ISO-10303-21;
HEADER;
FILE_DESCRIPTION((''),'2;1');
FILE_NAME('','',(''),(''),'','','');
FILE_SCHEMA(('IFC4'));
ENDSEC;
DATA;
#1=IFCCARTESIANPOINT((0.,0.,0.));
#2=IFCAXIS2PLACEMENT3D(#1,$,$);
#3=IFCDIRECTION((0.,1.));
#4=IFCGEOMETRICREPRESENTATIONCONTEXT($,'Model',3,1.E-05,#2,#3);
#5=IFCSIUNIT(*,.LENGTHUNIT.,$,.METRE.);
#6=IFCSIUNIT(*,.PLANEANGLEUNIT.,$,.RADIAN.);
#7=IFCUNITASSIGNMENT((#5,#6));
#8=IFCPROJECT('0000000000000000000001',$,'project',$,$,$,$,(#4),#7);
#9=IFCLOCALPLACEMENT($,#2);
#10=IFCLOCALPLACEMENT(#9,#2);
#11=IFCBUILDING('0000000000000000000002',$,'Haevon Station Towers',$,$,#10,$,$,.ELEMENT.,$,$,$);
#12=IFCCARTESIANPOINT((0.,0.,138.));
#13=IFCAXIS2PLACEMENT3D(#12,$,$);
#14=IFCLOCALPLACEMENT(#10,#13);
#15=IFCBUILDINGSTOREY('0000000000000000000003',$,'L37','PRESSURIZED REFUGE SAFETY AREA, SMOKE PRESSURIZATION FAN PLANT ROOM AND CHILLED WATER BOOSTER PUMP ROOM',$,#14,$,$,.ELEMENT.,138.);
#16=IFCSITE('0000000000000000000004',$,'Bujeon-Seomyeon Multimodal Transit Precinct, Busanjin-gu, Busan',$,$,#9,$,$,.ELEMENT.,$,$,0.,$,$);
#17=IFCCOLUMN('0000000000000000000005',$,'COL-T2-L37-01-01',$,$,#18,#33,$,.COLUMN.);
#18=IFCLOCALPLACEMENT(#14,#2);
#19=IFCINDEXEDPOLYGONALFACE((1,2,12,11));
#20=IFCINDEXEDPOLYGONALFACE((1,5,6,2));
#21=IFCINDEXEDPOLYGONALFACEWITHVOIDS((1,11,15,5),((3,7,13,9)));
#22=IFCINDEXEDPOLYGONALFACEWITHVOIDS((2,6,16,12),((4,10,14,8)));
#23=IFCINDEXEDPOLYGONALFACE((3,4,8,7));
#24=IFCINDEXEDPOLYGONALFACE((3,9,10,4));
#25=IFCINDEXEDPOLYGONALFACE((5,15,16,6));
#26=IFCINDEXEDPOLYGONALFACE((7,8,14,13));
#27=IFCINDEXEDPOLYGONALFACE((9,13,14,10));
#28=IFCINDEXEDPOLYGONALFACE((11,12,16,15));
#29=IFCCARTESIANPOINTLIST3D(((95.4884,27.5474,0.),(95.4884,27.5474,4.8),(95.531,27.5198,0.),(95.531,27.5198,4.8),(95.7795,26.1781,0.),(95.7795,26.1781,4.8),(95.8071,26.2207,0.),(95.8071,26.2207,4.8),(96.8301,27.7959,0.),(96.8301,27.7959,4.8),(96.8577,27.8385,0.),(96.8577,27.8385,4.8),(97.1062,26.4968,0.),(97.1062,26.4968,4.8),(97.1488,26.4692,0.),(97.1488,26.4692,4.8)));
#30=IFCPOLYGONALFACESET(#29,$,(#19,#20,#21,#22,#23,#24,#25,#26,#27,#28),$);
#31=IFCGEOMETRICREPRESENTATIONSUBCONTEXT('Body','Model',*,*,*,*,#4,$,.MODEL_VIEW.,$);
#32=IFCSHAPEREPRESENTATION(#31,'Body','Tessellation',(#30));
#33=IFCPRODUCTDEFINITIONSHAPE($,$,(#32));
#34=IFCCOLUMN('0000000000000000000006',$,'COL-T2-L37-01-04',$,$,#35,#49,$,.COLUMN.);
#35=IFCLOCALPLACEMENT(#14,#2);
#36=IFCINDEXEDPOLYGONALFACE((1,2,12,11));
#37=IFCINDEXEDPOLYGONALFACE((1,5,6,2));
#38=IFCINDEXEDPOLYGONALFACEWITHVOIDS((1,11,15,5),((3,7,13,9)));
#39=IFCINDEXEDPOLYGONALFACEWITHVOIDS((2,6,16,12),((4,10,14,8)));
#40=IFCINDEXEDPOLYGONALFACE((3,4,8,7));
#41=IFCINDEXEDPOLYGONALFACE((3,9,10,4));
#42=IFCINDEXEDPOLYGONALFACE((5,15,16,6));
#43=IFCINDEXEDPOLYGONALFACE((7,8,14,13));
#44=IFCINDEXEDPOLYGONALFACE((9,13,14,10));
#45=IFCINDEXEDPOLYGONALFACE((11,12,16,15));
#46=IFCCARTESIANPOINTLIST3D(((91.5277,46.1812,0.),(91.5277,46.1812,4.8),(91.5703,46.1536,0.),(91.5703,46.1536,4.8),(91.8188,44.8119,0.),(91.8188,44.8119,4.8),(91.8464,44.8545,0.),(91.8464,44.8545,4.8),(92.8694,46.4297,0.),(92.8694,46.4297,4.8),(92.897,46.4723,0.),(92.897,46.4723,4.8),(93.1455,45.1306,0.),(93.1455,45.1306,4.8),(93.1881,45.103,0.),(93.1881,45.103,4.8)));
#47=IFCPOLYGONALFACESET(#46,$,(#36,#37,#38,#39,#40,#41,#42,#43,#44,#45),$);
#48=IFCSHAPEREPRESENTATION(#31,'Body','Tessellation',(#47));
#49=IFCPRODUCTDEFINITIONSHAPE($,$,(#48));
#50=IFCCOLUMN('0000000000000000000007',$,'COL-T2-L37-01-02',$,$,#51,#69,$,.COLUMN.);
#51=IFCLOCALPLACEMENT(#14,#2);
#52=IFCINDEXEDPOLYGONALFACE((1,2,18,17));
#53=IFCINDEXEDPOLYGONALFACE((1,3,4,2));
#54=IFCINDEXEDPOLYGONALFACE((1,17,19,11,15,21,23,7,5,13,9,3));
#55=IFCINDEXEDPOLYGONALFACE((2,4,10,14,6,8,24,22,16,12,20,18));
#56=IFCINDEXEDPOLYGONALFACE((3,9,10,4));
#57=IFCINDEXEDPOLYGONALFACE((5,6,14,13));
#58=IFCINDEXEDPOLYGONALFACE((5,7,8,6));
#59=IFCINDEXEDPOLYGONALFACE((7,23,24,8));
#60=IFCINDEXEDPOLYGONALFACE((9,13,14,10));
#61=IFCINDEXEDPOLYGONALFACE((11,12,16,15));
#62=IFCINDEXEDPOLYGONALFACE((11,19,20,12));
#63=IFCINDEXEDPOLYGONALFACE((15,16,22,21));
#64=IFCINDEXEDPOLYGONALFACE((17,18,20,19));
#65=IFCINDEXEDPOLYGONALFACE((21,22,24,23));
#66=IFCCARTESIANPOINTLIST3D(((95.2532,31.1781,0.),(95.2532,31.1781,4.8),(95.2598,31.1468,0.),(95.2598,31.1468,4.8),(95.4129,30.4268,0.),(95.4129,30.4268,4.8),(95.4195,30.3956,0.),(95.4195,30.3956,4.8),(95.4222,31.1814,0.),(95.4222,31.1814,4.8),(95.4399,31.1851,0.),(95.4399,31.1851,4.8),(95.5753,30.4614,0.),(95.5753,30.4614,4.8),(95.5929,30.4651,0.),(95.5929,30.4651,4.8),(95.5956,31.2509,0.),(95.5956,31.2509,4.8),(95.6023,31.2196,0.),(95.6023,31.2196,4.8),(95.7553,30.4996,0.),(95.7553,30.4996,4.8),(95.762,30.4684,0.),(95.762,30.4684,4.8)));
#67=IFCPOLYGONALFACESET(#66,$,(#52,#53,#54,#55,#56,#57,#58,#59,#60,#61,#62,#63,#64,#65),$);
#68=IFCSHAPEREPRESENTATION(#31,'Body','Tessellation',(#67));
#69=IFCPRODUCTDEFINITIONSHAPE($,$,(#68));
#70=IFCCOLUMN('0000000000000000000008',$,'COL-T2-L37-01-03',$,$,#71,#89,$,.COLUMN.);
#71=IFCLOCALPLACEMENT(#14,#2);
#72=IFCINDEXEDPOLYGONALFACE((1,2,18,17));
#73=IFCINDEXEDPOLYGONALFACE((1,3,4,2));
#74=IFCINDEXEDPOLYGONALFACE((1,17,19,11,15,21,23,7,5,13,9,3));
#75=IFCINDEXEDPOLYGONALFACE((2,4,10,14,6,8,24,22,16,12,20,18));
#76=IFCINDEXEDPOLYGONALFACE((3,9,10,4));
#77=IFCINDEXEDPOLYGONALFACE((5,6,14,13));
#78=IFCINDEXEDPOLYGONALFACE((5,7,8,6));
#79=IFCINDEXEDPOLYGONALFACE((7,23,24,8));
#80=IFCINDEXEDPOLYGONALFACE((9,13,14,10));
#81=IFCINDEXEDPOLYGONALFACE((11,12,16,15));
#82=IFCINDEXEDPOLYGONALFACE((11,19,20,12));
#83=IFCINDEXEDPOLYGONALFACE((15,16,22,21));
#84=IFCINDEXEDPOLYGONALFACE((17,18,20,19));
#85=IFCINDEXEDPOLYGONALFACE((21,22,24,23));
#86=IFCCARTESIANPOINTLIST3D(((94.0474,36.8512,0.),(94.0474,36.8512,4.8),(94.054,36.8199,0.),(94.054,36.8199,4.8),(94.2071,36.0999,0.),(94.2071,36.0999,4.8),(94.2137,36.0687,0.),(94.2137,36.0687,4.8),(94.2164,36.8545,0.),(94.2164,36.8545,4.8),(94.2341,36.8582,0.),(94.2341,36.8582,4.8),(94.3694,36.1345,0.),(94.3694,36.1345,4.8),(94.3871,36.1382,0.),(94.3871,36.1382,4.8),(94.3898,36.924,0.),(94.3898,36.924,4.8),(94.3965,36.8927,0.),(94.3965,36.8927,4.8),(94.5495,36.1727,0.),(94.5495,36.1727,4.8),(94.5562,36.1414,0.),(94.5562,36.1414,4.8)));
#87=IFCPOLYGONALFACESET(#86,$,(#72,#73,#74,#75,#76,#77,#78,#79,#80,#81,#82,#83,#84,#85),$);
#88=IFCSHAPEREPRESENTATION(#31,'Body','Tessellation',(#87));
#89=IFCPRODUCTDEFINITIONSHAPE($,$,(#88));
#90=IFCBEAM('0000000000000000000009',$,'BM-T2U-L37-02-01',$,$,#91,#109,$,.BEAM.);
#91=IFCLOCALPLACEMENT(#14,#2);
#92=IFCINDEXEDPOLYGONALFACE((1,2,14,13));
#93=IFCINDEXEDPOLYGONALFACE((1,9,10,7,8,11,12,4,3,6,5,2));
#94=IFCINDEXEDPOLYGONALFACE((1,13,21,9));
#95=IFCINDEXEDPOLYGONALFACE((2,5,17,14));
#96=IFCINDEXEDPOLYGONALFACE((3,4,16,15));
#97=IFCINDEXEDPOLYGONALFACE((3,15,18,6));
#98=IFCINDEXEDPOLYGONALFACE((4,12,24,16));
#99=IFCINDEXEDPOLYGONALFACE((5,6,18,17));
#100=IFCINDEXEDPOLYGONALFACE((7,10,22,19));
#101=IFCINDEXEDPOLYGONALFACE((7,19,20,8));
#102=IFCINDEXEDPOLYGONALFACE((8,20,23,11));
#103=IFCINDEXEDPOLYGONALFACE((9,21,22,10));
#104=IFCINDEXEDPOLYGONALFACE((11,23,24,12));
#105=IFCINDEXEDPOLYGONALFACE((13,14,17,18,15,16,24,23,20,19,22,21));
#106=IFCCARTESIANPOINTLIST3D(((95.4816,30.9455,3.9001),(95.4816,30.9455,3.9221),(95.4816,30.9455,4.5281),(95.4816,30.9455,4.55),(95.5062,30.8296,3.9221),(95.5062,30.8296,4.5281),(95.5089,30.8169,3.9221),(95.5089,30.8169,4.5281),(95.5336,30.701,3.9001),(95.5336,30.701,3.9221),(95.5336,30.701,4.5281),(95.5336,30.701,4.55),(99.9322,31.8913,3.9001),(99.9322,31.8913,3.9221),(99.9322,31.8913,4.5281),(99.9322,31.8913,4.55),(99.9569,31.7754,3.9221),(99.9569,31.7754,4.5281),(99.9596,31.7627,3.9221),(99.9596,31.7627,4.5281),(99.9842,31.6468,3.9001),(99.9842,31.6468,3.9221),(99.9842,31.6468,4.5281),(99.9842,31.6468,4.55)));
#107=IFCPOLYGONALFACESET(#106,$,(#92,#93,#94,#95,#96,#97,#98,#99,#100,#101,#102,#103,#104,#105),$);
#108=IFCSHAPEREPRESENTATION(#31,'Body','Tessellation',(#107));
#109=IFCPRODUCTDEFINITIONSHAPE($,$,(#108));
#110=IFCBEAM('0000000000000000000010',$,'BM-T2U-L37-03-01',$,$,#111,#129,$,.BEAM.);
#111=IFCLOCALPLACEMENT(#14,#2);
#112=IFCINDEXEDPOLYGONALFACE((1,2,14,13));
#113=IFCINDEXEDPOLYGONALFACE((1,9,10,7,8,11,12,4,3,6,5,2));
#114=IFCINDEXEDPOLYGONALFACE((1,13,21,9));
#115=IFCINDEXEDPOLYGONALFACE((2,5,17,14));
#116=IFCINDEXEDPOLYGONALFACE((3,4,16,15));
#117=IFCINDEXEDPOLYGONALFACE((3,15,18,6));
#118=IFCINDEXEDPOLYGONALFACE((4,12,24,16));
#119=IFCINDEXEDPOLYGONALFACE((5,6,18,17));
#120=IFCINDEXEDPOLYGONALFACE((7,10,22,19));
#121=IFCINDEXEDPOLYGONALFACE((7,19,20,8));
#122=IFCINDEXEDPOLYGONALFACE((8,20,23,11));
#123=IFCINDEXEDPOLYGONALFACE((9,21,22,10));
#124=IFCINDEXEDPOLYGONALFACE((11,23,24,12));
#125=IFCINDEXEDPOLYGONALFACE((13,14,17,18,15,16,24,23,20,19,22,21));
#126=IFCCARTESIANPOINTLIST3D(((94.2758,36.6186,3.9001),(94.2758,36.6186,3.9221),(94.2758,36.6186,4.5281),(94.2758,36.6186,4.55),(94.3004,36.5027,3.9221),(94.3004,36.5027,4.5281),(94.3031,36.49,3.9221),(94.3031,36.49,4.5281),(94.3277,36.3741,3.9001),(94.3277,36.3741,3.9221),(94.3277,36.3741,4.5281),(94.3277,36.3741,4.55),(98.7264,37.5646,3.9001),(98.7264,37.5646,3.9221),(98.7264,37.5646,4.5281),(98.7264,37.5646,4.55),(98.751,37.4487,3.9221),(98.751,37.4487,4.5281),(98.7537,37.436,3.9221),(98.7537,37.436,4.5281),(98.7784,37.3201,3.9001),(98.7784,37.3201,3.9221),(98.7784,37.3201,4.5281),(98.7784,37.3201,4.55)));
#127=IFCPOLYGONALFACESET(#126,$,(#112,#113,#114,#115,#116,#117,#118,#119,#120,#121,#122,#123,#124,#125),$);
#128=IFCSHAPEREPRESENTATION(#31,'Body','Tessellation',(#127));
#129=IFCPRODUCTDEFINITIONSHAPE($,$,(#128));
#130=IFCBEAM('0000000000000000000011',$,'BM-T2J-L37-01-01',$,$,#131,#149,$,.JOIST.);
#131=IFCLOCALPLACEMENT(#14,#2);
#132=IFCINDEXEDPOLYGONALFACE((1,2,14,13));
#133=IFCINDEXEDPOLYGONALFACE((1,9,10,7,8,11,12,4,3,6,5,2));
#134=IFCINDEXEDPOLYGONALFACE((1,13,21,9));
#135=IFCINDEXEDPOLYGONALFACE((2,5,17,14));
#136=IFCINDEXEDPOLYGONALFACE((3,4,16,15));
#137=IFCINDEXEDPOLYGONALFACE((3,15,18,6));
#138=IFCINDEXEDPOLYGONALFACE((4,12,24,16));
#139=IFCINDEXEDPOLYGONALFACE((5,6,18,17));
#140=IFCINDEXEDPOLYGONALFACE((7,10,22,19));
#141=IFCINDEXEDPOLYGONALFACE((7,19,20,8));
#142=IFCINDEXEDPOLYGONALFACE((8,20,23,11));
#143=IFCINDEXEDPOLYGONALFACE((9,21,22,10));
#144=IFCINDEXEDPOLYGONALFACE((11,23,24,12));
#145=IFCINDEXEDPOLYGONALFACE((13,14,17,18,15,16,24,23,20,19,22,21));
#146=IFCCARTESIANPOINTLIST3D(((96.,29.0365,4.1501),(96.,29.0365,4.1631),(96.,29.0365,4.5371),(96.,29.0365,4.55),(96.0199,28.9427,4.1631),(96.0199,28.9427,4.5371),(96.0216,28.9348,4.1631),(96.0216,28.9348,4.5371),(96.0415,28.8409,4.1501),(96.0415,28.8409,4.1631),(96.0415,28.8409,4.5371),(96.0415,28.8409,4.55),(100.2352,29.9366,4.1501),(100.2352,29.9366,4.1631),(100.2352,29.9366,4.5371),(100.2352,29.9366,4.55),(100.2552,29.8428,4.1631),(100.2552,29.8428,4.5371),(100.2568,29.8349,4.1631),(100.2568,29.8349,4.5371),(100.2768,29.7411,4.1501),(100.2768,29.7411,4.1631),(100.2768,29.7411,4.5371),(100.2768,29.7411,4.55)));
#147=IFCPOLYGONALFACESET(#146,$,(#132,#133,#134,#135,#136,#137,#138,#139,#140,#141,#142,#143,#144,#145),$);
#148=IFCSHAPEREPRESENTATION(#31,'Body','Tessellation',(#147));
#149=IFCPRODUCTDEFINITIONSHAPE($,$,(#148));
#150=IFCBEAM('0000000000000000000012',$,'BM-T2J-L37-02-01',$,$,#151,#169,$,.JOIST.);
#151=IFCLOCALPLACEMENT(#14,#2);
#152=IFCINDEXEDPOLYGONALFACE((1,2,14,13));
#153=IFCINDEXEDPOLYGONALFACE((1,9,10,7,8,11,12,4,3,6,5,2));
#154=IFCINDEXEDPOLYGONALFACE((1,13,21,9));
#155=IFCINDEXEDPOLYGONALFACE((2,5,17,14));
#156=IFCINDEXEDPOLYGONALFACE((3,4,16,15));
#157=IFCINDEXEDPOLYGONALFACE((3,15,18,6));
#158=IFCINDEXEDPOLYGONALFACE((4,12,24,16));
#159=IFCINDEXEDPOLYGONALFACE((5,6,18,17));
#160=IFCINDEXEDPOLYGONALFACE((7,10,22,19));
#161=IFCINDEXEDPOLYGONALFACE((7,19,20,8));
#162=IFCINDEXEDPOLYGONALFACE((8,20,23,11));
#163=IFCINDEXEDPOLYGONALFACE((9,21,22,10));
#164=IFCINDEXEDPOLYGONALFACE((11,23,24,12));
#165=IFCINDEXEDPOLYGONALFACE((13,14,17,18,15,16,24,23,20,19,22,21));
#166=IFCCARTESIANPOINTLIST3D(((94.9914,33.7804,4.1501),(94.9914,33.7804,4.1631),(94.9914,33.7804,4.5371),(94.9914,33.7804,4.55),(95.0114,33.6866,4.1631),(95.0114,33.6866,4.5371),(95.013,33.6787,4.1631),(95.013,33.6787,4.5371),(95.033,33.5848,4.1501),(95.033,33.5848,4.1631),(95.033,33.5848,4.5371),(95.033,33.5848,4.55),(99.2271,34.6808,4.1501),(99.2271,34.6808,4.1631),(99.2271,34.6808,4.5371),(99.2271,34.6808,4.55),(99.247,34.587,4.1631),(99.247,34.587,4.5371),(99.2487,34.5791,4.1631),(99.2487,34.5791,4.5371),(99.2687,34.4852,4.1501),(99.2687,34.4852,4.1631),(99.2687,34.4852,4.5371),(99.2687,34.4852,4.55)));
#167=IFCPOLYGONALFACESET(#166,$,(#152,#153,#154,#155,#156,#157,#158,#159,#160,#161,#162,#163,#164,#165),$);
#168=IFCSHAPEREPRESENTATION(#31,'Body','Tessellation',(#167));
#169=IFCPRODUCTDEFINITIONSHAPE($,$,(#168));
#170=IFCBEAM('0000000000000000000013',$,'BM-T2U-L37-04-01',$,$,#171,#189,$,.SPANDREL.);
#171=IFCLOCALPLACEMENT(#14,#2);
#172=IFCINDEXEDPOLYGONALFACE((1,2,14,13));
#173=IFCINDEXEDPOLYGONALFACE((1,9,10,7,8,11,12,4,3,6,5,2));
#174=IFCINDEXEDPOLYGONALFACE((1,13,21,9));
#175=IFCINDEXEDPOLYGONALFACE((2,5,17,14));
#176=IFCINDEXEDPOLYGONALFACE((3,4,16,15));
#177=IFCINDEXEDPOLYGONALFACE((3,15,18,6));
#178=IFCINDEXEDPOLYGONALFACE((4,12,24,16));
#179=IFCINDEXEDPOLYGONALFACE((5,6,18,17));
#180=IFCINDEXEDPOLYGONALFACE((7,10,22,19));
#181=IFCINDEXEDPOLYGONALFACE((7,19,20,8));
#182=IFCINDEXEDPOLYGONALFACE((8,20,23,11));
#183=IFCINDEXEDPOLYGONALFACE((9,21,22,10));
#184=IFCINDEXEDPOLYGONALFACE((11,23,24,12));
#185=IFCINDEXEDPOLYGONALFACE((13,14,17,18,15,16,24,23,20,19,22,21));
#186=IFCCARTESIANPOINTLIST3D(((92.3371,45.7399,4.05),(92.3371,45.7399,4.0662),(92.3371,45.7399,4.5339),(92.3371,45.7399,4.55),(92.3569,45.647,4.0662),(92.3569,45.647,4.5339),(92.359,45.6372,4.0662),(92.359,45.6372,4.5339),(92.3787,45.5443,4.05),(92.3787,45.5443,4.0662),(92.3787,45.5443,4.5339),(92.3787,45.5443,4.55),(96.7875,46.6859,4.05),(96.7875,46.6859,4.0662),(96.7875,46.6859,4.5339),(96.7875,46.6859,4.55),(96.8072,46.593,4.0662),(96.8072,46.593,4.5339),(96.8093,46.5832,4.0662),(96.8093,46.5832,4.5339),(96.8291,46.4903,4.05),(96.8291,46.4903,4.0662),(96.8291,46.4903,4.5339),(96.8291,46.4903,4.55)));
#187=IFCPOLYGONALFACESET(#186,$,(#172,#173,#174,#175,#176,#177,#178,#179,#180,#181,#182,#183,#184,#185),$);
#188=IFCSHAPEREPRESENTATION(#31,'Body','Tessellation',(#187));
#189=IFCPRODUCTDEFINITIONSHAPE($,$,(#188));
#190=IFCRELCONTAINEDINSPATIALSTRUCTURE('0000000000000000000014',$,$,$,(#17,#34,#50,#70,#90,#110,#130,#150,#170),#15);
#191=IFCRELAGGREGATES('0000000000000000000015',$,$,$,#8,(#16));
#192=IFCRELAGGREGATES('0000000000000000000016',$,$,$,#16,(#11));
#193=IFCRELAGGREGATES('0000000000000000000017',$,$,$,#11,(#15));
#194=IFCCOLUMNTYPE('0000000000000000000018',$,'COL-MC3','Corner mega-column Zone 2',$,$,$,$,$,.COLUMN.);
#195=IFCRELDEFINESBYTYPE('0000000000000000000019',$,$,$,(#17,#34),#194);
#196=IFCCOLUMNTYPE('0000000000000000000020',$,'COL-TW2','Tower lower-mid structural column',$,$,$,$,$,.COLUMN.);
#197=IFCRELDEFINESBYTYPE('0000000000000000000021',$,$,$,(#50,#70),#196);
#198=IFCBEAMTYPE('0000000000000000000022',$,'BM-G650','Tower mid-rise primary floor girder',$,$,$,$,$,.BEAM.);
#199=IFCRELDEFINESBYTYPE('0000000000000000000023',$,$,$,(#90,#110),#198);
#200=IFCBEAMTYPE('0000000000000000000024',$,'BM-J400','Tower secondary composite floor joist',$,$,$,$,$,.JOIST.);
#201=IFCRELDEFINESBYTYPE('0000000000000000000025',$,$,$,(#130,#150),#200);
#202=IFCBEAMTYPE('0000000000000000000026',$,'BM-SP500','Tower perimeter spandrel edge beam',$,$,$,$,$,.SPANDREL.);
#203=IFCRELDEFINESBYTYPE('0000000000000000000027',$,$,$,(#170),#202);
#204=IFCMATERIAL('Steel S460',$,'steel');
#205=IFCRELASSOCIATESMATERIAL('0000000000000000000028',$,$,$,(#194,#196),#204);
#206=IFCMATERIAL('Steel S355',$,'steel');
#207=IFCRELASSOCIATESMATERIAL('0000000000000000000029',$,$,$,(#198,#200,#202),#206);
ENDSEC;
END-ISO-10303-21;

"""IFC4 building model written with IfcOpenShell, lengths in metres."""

from ifc_helpers import new_model, si_unit, direction, frame, origin, origin_2d, place, context, subcontext, project, spatial, hollow_rectangle, i_section, extrude, material, material_profile, profile_set, type_object, element, save


model = new_model("IFC4")

# Units and contexts
model_context = context("Model", 3, precision=1e-05, world=origin(), true_north=direction((0.0, 1.0)))
body_context = subcontext(model_context, "Body", "Model", "MODEL_VIEW")
ifc_project = project(units=[si_unit("LENGTHUNIT", "METRE"), si_unit("PLANEANGLEUNIT", "RADIAN")], contexts=[model_context])

# Site, building, storey
site_placement = place(None, origin())
site = spatial("IfcSite", under=ifc_project, at=site_placement, Name="Bujeon-Seomyeon Multimodal Transit Precinct, Busanjin-gu, Busan", CompositionType="ELEMENT", RefElevation=0.0)
building_placement = place(site_placement, origin())
building = spatial("IfcBuilding", under=site, at=building_placement, Name="Haevon Station Towers", CompositionType="ELEMENT")
storey_placement = place(building_placement, frame((0.0, 0.0, 138.0)))
storey = spatial("IfcBuildingStorey", under=building, at=storey_placement, Name="L37", Description="PRESSURIZED REFUGE SAFETY AREA, SMOKE PRESSURIZATION FAN PLANT ROOM AND CHILLED WATER BOOSTER PUMP ROOM", CompositionType="ELEMENT", Elevation=138.0)

# Columns
ifc_material_1 = material(Name="Steel S460", Category="steel")
ifc_material_profile_1 = material_profile(ifc_material_1, hollow_rectangle(XDim=1.3999, YDim=1.3999, WallThickness=0.0359, at=origin_2d()), Name="BOX-1400x1400x36")
ifc_profile_set_1 = profile_set([ifc_material_profile_1], Name="Steel S460")
column_type_1 = type_object("IfcColumnType", Name="COL-MC3", Description="Corner mega-column Zone 2", PredefinedType="COLUMN", material=ifc_profile_set_1)
for number, where, z_axis, x_axis, name in (
    (1, (96.3186, 27.0083, 0.0), (0.0, 0.0, 1.0), (0.978148, 0.207912, 0.0), "COL-T2-L37-01-01"),
    (2, (92.3579, 45.6421, 0.0), (0.0, 0.0, 1.0), (0.978148, 0.207912, 0.0), "COL-T2-L37-01-04"),
):
    element("IfcColumn", number, at=place(storey_placement, frame(where, z_axis=z_axis, x_axis=x_axis)), inside=storey, type_object=column_type_1, Name=name, PredefinedType="COLUMN", context=body_context, shape_type="SweptSolid", body=[
        extrude(hollow_rectangle(XDim=1.3999, YDim=1.3999, WallThickness=0.0359, at=origin_2d()), origin(), (0.0, 0.0, 1.0), 4.8),
    ])
ifc_material_profile_2 = material_profile(ifc_material_1, i_section(OverallWidth=0.3501, OverallDepth=0.8, WebThickness=0.0181, FlangeThickness=0.032, at=origin_2d()), Name="H-800x350x18x32")
ifc_profile_set_2 = profile_set([ifc_material_profile_2], Name="Steel S460")
column_type_2 = type_object("IfcColumnType", Name="COL-TW2", Description="Tower lower-mid structural column", PredefinedType="COLUMN", material=ifc_profile_set_2)
for number, where, z_axis, x_axis, name in (
    (3, (95.5076, 30.8232, 0.0), (0.0, 0.0, 1.0), (0.978148, 0.207912, 0.0), "COL-T2-L37-01-02"),
    (4, (94.3018, 36.4963, 0.0), (0.0, 0.0, 1.0), (0.978148, 0.207912, 0.0), "COL-T2-L37-01-03"),
):
    element("IfcColumn", number, at=place(storey_placement, frame(where, z_axis=z_axis, x_axis=x_axis)), inside=storey, type_object=column_type_2, Name=name, PredefinedType="COLUMN", context=body_context, shape_type="SweptSolid", body=[
        extrude(i_section(OverallWidth=0.3501, OverallDepth=0.8, WebThickness=0.0181, FlangeThickness=0.032, at=origin_2d()), origin(), (0.0, 0.0, 1.0), 4.8),
    ])

# Beams
ifc_material_2 = material(Name="Steel S355", Category="steel")
ifc_material_profile_3 = material_profile(ifc_material_2, i_section(OverallWidth=0.25, OverallDepth=0.6499, WebThickness=0.0129, FlangeThickness=0.022, at=origin_2d()), Name="H-650x250x13x22")
ifc_profile_set_3 = profile_set([ifc_material_profile_3], Name="Steel S355")
beam_type_1 = type_object("IfcBeamType", Name="BM-G650", Description="Tower mid-rise primary floor girder", PredefinedType="BEAM", material=ifc_profile_set_3)
for number, where, z_axis, x_axis, name in (
    (5, (95.5076, 30.8232, 4.2251), (0.978157, 0.207865, 0.0), (-0.207865, 0.978157, 0.0), "BM-T2U-L37-02-01"),
    (6, (94.3018, 36.4963, 4.2251), (0.978147, 0.207917, 0.0), (-0.207917, 0.978147, 0.0), "BM-T2U-L37-03-01"),
):
    element("IfcBeam", number, at=place(storey_placement, frame(where, z_axis=z_axis, x_axis=x_axis)), inside=storey, type_object=beam_type_1, Name=name, PredefinedType="BEAM", context=body_context, shape_type="SweptSolid", body=[
        extrude(i_section(OverallWidth=0.25, OverallDepth=0.6499, WebThickness=0.0129, FlangeThickness=0.022, at=origin_2d()), origin(), (0.0, 0.0, 1.0), 4.55),
    ])
ifc_material_profile_4 = material_profile(ifc_material_2, i_section(OverallWidth=0.2, OverallDepth=0.3999, WebThickness=0.0081, FlangeThickness=0.0129, at=origin_2d()), Name="H-400x200x8x13")
ifc_profile_set_4 = profile_set([ifc_material_profile_4], Name="Steel S355")
beam_type_2 = type_object("IfcBeamType", Name="BM-J400", Description="Tower secondary composite floor joist", PredefinedType="JOIST", material=ifc_profile_set_4)
beam_1_placement = place(storey_placement, frame((96.0208, 28.9387, 4.3501), z_axis=(0.978153, 0.207888, 0.0), x_axis=(-0.207888, 0.978153, 0.0)))
element("IfcBeam", 7, at=beam_1_placement, inside=storey, type_object=beam_type_2, Name="BM-T2J-L37-01-01", PredefinedType="JOIST", context=body_context, shape_type="SweptSolid", body=[
    extrude(i_section(OverallWidth=0.2, OverallDepth=0.3999, WebThickness=0.0081, FlangeThickness=0.0129, at=origin_2d()), origin(), (0.0, 0.0, 1.0), 4.3298),
])
beam_2_placement = place(storey_placement, frame((95.0122, 33.6826, 4.3501), z_axis=(0.978144, 0.207931, 0.0), x_axis=(-0.207931, 0.978144, 0.0)))
element("IfcBeam", 8, at=beam_2_placement, inside=storey, type_object=beam_type_2, Name="BM-T2J-L37-02-01", PredefinedType="JOIST", context=body_context, shape_type="SweptSolid", body=[
    extrude(i_section(OverallWidth=0.2, OverallDepth=0.3999, WebThickness=0.0081, FlangeThickness=0.0129, at=origin_2d()), origin(), (0.0, 0.0, 1.0), 4.3303),
])
ifc_material_profile_5 = material_profile(ifc_material_2, i_section(OverallWidth=0.2, OverallDepth=0.5, WebThickness=0.01, FlangeThickness=0.0161, at=origin_2d()), Name="H-500x200x10x16")
ifc_profile_set_5 = profile_set([ifc_material_profile_5], Name="Steel S355")
beam_type_3 = type_object("IfcBeamType", Name="BM-SP500", Description="Tower perimeter spandrel edge beam", PredefinedType="SPANDREL", material=ifc_profile_set_5)
beam_3_placement = place(storey_placement, frame((92.3579, 45.6421, 4.3), z_axis=(0.978144, 0.207927, 0.0), x_axis=(-0.207927, 0.978144, 0.0)))
element("IfcBeam", 9, at=beam_3_placement, inside=storey, type_object=beam_type_3, Name="BM-T2U-L37-04-01", PredefinedType="SPANDREL", context=body_context, shape_type="SweptSolid", body=[
    extrude(i_section(OverallWidth=0.2, OverallDepth=0.5, WebThickness=0.01, FlangeThickness=0.0161, at=origin_2d()), origin(), (0.0, 0.0, 1.0), 4.5498),
])

save(model, "model.ifc")
